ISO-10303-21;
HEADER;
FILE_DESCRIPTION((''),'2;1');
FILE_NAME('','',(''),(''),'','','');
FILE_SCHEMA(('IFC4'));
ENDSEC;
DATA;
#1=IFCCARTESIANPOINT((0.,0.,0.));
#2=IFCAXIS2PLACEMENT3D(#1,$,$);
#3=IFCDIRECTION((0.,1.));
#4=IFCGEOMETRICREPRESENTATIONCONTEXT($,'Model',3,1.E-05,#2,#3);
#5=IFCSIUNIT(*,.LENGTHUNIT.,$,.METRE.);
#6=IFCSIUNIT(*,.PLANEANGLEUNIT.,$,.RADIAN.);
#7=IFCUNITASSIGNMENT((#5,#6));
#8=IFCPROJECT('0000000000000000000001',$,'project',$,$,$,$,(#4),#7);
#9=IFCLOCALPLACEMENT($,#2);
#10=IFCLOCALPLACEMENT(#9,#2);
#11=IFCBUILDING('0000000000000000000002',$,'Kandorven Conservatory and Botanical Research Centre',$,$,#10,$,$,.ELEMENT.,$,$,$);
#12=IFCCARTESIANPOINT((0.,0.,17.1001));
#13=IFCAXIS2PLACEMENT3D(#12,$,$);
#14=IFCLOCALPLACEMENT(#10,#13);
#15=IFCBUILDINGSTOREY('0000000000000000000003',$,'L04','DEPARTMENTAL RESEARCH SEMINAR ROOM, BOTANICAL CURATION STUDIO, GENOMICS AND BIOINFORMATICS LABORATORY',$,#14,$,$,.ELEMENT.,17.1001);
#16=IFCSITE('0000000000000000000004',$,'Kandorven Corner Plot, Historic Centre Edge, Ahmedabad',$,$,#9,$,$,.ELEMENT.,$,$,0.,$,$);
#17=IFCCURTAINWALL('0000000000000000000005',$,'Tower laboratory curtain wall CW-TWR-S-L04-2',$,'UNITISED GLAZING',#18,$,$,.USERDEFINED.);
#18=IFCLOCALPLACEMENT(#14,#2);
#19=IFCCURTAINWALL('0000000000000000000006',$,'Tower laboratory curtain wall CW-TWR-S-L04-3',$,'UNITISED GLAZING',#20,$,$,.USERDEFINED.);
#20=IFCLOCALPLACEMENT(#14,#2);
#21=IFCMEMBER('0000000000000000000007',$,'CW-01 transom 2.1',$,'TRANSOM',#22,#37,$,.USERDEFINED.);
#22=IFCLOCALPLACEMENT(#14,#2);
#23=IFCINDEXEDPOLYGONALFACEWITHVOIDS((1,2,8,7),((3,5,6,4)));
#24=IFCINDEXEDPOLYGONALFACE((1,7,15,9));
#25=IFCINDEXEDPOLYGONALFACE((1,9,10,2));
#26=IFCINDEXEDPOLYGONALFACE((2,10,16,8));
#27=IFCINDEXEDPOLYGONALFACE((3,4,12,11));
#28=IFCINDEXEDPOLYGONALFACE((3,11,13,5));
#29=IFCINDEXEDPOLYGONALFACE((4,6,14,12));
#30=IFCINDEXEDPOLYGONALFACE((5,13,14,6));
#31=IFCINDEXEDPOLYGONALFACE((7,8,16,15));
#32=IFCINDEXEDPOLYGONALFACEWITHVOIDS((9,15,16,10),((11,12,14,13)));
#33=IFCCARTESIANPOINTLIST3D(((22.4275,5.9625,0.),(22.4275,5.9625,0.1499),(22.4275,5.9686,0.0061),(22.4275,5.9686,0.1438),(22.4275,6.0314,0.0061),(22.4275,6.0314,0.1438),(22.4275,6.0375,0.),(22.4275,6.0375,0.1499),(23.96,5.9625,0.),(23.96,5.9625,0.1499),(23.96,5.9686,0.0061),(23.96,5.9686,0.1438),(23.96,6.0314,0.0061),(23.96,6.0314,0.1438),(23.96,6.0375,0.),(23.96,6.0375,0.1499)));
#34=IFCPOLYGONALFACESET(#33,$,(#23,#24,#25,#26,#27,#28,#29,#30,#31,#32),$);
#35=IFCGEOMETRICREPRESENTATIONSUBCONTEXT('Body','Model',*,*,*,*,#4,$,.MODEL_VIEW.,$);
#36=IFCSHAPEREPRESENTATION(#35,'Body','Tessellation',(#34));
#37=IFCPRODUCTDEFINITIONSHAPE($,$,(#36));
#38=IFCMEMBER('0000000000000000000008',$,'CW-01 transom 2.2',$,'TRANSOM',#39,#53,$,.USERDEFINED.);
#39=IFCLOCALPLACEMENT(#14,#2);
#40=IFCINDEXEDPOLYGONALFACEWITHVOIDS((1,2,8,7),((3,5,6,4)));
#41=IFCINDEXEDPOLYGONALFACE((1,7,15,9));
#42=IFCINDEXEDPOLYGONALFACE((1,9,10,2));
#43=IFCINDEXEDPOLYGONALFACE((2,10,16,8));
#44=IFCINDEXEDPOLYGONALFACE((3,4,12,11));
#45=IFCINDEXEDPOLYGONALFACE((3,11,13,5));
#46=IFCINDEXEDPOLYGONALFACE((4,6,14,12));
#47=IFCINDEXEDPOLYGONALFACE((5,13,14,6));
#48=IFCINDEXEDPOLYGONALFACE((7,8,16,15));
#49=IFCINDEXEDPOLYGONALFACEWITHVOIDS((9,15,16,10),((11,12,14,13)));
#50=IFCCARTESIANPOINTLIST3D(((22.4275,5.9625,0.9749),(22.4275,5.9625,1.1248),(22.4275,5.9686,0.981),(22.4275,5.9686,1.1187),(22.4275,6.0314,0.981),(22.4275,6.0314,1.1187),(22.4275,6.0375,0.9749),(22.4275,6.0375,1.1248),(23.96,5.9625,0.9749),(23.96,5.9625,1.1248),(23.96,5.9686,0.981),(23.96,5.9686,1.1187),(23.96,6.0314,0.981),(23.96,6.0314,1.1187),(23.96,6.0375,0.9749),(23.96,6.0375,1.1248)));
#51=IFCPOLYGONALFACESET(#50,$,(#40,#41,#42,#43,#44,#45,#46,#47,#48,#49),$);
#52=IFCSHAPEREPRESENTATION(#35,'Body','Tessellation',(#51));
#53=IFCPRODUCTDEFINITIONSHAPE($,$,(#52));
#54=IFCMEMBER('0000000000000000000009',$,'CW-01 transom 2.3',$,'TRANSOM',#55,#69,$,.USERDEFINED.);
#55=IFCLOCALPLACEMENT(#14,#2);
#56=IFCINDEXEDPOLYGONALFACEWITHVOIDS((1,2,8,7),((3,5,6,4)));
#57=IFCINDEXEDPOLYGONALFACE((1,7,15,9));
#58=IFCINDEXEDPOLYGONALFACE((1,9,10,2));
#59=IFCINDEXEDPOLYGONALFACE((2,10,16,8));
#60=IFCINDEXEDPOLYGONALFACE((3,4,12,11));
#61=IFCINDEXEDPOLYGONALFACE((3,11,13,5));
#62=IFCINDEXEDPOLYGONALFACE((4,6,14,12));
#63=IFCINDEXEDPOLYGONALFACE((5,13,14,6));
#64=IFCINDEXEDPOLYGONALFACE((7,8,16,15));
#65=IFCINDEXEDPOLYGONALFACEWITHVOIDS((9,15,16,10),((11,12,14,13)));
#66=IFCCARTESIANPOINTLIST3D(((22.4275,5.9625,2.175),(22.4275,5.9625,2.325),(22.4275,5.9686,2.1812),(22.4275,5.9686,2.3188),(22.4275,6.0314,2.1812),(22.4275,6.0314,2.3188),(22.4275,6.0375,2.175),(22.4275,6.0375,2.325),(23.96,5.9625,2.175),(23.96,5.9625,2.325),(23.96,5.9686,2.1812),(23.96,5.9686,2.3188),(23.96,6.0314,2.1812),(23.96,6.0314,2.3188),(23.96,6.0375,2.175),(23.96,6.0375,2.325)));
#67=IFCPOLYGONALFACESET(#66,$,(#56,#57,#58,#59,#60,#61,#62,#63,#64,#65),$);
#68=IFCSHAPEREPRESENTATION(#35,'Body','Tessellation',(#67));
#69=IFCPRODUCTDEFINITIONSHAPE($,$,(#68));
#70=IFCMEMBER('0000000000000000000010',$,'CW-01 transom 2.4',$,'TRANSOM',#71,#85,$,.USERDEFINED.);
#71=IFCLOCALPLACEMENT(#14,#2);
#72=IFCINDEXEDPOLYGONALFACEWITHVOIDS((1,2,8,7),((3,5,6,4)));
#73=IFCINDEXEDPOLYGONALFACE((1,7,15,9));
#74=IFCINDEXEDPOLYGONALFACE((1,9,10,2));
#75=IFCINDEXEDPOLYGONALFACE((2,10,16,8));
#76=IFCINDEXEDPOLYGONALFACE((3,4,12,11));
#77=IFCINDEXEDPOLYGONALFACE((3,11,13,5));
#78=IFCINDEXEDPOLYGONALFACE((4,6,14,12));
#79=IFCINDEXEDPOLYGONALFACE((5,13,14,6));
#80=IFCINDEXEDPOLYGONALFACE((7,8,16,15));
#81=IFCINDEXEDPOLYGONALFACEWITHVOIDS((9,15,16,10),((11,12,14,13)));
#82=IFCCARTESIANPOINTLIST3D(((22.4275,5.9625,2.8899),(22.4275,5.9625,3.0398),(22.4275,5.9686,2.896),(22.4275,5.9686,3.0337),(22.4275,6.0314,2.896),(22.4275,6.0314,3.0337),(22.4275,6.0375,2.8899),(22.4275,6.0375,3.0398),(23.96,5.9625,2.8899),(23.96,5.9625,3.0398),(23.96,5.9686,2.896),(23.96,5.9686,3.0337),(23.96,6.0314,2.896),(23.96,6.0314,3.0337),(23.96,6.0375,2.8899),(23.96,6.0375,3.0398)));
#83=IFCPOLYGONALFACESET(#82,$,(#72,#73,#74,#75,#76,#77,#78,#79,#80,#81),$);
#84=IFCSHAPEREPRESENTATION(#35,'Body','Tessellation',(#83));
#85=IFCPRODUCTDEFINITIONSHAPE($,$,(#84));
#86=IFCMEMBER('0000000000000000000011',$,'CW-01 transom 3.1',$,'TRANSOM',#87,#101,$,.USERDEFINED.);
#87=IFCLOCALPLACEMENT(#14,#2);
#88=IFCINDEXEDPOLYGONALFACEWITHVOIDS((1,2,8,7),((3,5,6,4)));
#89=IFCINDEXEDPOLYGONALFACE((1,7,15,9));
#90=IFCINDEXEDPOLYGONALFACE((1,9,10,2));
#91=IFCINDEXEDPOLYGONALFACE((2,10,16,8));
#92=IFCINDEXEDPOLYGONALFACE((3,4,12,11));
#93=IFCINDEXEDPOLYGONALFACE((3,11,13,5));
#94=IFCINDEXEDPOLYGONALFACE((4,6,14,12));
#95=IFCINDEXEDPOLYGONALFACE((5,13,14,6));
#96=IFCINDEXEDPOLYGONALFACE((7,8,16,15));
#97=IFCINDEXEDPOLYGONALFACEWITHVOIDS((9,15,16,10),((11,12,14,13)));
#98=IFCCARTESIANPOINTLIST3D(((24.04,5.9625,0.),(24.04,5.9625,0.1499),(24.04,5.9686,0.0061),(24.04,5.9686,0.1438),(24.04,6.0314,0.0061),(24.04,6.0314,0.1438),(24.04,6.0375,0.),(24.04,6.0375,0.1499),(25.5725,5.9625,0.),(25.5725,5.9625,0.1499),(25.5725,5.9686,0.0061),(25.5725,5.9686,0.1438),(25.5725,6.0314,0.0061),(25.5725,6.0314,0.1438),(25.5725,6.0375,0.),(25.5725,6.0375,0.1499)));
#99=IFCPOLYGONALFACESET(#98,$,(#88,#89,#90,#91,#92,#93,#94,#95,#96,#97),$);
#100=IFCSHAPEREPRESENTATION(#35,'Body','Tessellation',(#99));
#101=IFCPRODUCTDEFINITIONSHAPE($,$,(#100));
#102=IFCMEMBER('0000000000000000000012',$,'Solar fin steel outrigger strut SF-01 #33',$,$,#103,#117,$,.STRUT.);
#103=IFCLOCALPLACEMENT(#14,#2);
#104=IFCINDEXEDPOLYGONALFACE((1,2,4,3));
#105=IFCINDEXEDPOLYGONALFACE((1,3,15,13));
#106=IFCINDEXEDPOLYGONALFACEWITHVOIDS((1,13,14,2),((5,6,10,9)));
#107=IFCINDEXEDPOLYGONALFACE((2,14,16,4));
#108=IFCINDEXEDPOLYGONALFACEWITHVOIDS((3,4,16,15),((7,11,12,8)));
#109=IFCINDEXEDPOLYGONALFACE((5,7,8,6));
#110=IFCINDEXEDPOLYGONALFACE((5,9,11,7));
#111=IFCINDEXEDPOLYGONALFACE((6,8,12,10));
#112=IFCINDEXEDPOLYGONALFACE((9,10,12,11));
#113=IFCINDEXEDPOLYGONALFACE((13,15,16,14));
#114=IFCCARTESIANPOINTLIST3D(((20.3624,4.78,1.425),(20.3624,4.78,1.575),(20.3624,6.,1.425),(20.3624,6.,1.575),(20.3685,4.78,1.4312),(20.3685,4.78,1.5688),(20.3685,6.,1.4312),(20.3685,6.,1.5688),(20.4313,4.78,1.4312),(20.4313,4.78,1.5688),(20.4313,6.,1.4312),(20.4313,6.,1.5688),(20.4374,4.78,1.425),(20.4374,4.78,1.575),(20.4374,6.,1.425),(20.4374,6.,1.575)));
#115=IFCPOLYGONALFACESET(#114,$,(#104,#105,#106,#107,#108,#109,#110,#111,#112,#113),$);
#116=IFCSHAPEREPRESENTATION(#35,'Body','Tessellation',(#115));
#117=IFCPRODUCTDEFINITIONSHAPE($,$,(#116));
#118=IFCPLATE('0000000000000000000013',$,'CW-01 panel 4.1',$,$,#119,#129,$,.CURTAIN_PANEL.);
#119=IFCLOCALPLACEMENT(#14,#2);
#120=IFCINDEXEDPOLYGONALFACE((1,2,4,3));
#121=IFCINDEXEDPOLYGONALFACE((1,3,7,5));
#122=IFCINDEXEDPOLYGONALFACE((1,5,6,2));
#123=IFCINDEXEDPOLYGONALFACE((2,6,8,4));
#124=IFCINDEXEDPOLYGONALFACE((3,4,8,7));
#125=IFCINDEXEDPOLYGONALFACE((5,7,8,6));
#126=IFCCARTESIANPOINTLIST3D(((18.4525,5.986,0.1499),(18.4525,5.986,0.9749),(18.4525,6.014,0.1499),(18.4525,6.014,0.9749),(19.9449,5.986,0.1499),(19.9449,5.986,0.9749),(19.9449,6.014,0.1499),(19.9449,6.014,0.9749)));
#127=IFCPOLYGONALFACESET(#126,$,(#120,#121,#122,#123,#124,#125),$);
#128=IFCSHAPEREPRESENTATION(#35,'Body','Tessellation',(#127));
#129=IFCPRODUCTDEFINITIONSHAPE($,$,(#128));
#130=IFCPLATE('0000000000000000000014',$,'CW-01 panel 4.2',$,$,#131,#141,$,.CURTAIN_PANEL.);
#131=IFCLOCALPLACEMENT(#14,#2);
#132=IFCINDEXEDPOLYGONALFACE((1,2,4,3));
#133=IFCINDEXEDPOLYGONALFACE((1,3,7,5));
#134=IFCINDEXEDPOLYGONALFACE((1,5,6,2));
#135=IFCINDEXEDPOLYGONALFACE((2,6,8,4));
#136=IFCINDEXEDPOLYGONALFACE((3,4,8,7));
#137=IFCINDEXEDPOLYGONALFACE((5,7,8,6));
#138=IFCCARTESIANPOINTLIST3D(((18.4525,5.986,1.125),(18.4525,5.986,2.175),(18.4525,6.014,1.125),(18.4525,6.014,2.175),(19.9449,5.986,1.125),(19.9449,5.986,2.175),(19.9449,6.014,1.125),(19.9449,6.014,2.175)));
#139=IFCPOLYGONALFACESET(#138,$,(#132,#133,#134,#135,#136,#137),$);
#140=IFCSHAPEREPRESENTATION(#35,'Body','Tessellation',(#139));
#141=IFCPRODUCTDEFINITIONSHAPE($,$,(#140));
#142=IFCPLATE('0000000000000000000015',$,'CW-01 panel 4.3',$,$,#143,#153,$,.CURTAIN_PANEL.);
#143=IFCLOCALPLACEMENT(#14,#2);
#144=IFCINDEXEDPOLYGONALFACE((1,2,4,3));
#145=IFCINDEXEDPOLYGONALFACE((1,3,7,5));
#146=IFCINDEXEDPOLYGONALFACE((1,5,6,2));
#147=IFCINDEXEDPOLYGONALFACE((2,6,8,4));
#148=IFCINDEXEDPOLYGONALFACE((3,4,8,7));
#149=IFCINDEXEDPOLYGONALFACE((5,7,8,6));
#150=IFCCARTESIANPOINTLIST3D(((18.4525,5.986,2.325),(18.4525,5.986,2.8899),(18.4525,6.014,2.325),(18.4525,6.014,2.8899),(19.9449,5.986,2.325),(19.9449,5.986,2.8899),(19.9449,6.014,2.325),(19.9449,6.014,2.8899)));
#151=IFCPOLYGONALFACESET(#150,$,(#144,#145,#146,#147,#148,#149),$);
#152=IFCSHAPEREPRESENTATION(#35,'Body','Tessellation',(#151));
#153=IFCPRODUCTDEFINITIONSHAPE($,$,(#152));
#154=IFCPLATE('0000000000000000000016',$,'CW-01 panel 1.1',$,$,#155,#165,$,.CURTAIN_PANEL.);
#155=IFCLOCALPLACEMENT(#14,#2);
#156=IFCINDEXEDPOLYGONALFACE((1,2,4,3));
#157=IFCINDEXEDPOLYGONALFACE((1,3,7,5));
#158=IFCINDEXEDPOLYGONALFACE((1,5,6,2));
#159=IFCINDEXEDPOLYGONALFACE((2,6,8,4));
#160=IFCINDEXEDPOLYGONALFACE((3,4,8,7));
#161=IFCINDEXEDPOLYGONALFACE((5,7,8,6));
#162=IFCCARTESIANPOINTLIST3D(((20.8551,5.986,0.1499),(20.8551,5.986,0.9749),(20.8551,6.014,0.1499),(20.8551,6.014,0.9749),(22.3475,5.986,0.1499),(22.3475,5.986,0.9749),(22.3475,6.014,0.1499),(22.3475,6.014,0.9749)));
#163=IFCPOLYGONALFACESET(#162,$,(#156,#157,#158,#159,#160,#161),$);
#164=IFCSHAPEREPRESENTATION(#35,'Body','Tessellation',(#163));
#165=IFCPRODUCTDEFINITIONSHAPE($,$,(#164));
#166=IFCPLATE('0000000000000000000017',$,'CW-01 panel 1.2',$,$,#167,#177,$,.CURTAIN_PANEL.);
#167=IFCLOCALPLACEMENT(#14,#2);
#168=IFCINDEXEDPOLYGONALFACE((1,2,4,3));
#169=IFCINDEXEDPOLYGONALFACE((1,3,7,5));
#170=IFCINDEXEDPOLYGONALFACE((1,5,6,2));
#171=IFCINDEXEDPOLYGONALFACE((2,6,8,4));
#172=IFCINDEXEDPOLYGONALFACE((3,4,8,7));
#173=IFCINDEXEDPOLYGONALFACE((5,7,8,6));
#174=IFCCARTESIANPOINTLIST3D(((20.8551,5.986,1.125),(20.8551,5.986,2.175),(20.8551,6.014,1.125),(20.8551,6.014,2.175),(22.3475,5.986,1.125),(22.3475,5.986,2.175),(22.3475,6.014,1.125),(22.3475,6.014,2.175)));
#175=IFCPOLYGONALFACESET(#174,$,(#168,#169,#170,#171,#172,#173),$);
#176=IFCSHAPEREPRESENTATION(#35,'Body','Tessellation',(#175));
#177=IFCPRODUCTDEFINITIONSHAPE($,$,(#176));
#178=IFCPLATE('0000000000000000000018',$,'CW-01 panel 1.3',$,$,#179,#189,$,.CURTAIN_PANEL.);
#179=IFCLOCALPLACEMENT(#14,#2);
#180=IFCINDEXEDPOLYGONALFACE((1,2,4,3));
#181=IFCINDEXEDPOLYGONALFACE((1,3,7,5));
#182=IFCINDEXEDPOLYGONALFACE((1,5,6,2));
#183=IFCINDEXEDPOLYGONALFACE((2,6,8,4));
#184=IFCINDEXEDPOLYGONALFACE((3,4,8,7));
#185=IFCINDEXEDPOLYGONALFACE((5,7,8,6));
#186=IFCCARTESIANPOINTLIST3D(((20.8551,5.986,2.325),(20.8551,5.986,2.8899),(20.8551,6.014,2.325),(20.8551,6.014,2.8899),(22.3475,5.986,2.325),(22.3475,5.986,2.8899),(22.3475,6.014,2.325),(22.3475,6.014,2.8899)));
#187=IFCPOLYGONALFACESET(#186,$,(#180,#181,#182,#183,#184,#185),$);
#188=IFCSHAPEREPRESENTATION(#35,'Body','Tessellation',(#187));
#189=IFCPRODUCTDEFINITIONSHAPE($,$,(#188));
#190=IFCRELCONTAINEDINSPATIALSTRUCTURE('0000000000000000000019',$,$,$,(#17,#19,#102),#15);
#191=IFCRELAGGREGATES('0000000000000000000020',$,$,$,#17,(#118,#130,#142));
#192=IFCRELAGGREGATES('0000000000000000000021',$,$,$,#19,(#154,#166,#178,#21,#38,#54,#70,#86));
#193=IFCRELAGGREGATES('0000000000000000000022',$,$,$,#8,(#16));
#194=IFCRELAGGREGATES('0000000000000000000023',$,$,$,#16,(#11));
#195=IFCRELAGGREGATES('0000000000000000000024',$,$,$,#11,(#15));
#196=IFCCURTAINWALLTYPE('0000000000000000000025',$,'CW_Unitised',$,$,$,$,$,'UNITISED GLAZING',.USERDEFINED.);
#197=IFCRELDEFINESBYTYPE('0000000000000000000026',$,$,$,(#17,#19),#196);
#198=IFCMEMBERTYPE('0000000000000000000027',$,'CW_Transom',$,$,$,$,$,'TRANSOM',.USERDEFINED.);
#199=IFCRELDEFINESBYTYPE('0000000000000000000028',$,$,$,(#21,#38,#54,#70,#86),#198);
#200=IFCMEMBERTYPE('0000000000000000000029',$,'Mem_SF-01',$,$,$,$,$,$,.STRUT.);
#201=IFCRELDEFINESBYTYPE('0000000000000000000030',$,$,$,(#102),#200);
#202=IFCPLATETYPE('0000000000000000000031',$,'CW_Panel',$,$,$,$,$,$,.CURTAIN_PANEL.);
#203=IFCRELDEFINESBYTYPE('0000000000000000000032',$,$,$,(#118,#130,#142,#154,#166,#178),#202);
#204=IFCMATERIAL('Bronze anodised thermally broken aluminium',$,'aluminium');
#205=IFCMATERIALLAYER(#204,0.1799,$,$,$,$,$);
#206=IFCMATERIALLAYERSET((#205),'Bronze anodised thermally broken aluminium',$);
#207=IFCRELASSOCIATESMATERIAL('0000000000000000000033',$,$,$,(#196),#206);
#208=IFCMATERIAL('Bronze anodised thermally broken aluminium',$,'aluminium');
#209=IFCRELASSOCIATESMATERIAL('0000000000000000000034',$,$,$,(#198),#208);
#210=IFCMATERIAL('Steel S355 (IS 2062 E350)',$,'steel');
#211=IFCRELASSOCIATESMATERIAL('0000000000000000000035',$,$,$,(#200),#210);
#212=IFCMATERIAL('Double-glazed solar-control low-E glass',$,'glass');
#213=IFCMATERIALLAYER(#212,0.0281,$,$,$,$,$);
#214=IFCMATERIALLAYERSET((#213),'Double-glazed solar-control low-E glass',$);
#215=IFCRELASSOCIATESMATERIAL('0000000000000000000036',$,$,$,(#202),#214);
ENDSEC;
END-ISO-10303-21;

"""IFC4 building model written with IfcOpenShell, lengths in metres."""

from ifc_helpers import new_model, si_unit, direction, frame, origin, origin_2d, place, context, subcontext, project, spatial, rectangle, hollow_rectangle, extrude, material, layer, layer_set, material_profile, profile_set, type_object, element, aggregate, save


model = new_model("IFC4")

# Units and contexts
model_context = context("Model", 3, precision=1e-05, world=origin(), true_north=direction((0.0, 1.0)))
body_context = subcontext(model_context, "Body", "Model", "MODEL_VIEW")
ifc_project = project(units=[si_unit("LENGTHUNIT", "METRE"), si_unit("PLANEANGLEUNIT", "RADIAN")], contexts=[model_context])

# Site, building, storey
site_placement = place(None, origin())
site = spatial("IfcSite", under=ifc_project, at=site_placement, Name="Kandorven Corner Plot, Historic Centre Edge, Ahmedabad", CompositionType="ELEMENT", RefElevation=0.0)
building_placement = place(site_placement, origin())
building = spatial("IfcBuilding", under=site, at=building_placement, Name="Kandorven Conservatory and Botanical Research Centre", CompositionType="ELEMENT")
storey_placement = place(building_placement, frame((0.0, 0.0, 17.1001)))
storey = spatial("IfcBuildingStorey", under=building, at=storey_placement, Name="L04", Description="DEPARTMENTAL RESEARCH SEMINAR ROOM, BOTANICAL CURATION STUDIO, GENOMICS AND BIOINFORMATICS LABORATORY", CompositionType="ELEMENT", Elevation=17.1001)

# Curtain wall
ifc_material_1 = material(Name="Bronze anodised thermally broken aluminium", Category="aluminium")
ifc_layer_1 = layer(ifc_material_1, 0.1799)
ifc_layer_set_1 = layer_set([ifc_layer_1], Name="Bronze anodised thermally broken aluminium")
curtain_wall_type = type_object("IfcCurtainWallType", Name="CW_Unitised", ElementType="UNITISED GLAZING", PredefinedType="USERDEFINED", material=ifc_layer_set_1)
curtain_wall_1_placement = place(storey_placement, origin())
curtain_wall_1 = element("IfcCurtainWall", 1, at=curtain_wall_1_placement, inside=storey, type_object=curtain_wall_type, Name="Tower laboratory curtain wall CW-TWR-S-L04-2", ObjectType="UNITISED GLAZING", PredefinedType="USERDEFINED")

# Curtain wall, members
curtain_wall_2_placement = place(storey_placement, origin())
curtain_wall_2 = element("IfcCurtainWall", 2, at=curtain_wall_2_placement, inside=storey, type_object=curtain_wall_type, Name="Tower laboratory curtain wall CW-TWR-S-L04-3", ObjectType="UNITISED GLAZING", PredefinedType="USERDEFINED")
ifc_material_2 = material(Name="Bronze anodised thermally broken aluminium", Category="aluminium")
ifc_material_profile_1 = material_profile(ifc_material_2, hollow_rectangle(XDim=0.075, YDim=0.1499, WallThickness=0.0061, at=origin_2d()))
ifc_profile_set_1 = profile_set([ifc_material_profile_1], Name="Bronze anodised thermally broken aluminium")
member_type_1 = type_object("IfcMemberType", Name="CW_Transom", ElementType="TRANSOM", PredefinedType="USERDEFINED", material=ifc_profile_set_1)
member_1_placement = place(storey_placement, frame((22.4275, 6.0, 0.075), z_axis=(1.0, 0.0, 0.0), x_axis=(0.0, 1.0, 0.0)))
member_1 = element("IfcMember", 3, at=member_1_placement, type_object=member_type_1, Name="CW-01 transom 2.1", ObjectType="TRANSOM", PredefinedType="USERDEFINED", context=body_context, shape_type="SweptSolid", body=[
    extrude(hollow_rectangle(XDim=0.075, YDim=0.1499, WallThickness=0.0061, at=origin_2d()), origin(), (0.0, 0.0, 1.0), 1.5325),
])
member_2_placement = place(storey_placement, frame((22.4275, 6.0, 1.0498), z_axis=(1.0, 0.0, 0.0), x_axis=(0.0, 1.0, 0.0)))
member_2 = element("IfcMember", 4, at=member_2_placement, type_object=member_type_1, Name="CW-01 transom 2.2", ObjectType="TRANSOM", PredefinedType="USERDEFINED", context=body_context, shape_type="SweptSolid", body=[
    extrude(hollow_rectangle(XDim=0.075, YDim=0.1499, WallThickness=0.0061, at=origin_2d()), origin(), (0.0, 0.0, 1.0), 1.5325),
])
member_3_placement = place(storey_placement, frame((22.4275, 6.0, 2.25), z_axis=(1.0, 0.0, 0.0), x_axis=(0.0, 1.0, 0.0)))
member_3 = element("IfcMember", 5, at=member_3_placement, type_object=member_type_1, Name="CW-01 transom 2.3", ObjectType="TRANSOM", PredefinedType="USERDEFINED", context=body_context, shape_type="SweptSolid", body=[
    extrude(hollow_rectangle(XDim=0.075, YDim=0.1499, WallThickness=0.0061, at=origin_2d()), origin(), (0.0, 0.0, 1.0), 1.5325),
])
member_4_placement = place(storey_placement, frame((22.4275, 6.0, 2.9648), z_axis=(1.0, 0.0, 0.0), x_axis=(0.0, 1.0, 0.0)))
member_4 = element("IfcMember", 6, at=member_4_placement, type_object=member_type_1, Name="CW-01 transom 2.4", ObjectType="TRANSOM", PredefinedType="USERDEFINED", context=body_context, shape_type="SweptSolid", body=[
    extrude(hollow_rectangle(XDim=0.075, YDim=0.1499, WallThickness=0.0061, at=origin_2d()), origin(), (0.0, 0.0, 1.0), 1.5325),
])
member_5_placement = place(storey_placement, frame((24.04, 6.0, 0.075), z_axis=(1.0, 0.0, 0.0), x_axis=(0.0, 1.0, 0.0)))
member_5 = element("IfcMember", 7, at=member_5_placement, type_object=member_type_1, Name="CW-01 transom 3.1", ObjectType="TRANSOM", PredefinedType="USERDEFINED", context=body_context, shape_type="SweptSolid", body=[
    extrude(hollow_rectangle(XDim=0.075, YDim=0.1499, WallThickness=0.0061, at=origin_2d()), origin(), (0.0, 0.0, 1.0), 1.5325),
])

# Member
ifc_material_3 = material(Name="Steel S355 (IS 2062 E350)", Category="steel")
ifc_material_profile_2 = material_profile(ifc_material_3, hollow_rectangle(XDim=0.075, YDim=0.1499, WallThickness=0.0061, at=origin_2d()))
ifc_profile_set_2 = profile_set([ifc_material_profile_2], Name="Steel S355 (IS 2062 E350)")
member_type_2 = type_object("IfcMemberType", Name="Mem_SF-01", PredefinedType="STRUT", material=ifc_profile_set_2)
member_6_placement = place(storey_placement, frame((20.3999, 6.0, 1.5), z_axis=(0.0, -1.0, 0.0), x_axis=(1.0, 0.0, 0.0)))
element("IfcMember", 8, at=member_6_placement, inside=storey, type_object=member_type_2, Name="Solar fin steel outrigger strut SF-01 #33", PredefinedType="STRUT", context=body_context, shape_type="SweptSolid", body=[
    extrude(hollow_rectangle(XDim=0.075, YDim=0.1499, WallThickness=0.0061, at=origin_2d()), origin(), (0.0, 0.0, 1.0), 1.22),
])

# Plates
ifc_material_4 = material(Name="Double-glazed solar-control low-E glass", Category="glass")
ifc_layer_2 = layer(ifc_material_4, 0.0281)
ifc_layer_set_2 = layer_set([ifc_layer_2], Name="Double-glazed solar-control low-E glass")
plate_type_1 = type_object("IfcPlateType", Name="CW_Panel", PredefinedType="CURTAIN_PANEL", material=ifc_layer_set_2)
plate_1_placement = place(storey_placement, frame((19.1987, 6.0, 0.1499), z_axis=(0.0, 0.0, 1.0), x_axis=(1.0, 0.0, 0.0)))
plate_1 = element("IfcPlate", 9, at=plate_1_placement, type_object=plate_type_1, Name="CW-01 panel 4.1", PredefinedType="CURTAIN_PANEL", context=body_context, shape_type="SweptSolid", body=[
    extrude(rectangle(XDim=1.4924, YDim=0.0281, at=origin_2d()), origin(), (0.0, 0.0, 1.0), 0.825),
])
plate_2_placement = place(storey_placement, frame((19.1987, 6.0, 1.125), z_axis=(0.0, 0.0, 1.0), x_axis=(1.0, 0.0, 0.0)))
plate_2 = element("IfcPlate", 10, at=plate_2_placement, type_object=plate_type_1, Name="CW-01 panel 4.2", PredefinedType="CURTAIN_PANEL", context=body_context, shape_type="SweptSolid", body=[
    extrude(rectangle(XDim=1.4924, YDim=0.0281, at=origin_2d()), origin(), (0.0, 0.0, 1.0), 1.05),
])
plate_3_placement = place(storey_placement, frame((19.1987, 6.0, 2.325), z_axis=(0.0, 0.0, 1.0), x_axis=(1.0, 0.0, 0.0)))
plate_3 = element("IfcPlate", 11, at=plate_3_placement, type_object=plate_type_1, Name="CW-01 panel 4.3", PredefinedType="CURTAIN_PANEL", context=body_context, shape_type="SweptSolid", body=[
    extrude(rectangle(XDim=1.4924, YDim=0.0281, at=origin_2d()), origin(), (0.0, 0.0, 1.0), 0.5649),
])
aggregate(curtain_wall_1, [plate_1, plate_2, plate_3])
plate_4_placement = place(storey_placement, frame((21.6013, 6.0, 0.1499), z_axis=(0.0, 0.0, 1.0), x_axis=(1.0, 0.0, 0.0)))
plate_4 = element("IfcPlate", 12, at=plate_4_placement, type_object=plate_type_1, Name="CW-01 panel 1.1", PredefinedType="CURTAIN_PANEL", context=body_context, shape_type="SweptSolid", body=[
    extrude(rectangle(XDim=1.4924, YDim=0.0281, at=origin_2d()), origin(), (0.0, 0.0, 1.0), 0.825),
])
plate_5_placement = place(storey_placement, frame((21.6013, 6.0, 1.125), z_axis=(0.0, 0.0, 1.0), x_axis=(1.0, 0.0, 0.0)))
plate_5 = element("IfcPlate", 13, at=plate_5_placement, type_object=plate_type_1, Name="CW-01 panel 1.2", PredefinedType="CURTAIN_PANEL", context=body_context, shape_type="SweptSolid", body=[
    extrude(rectangle(XDim=1.4924, YDim=0.0281, at=origin_2d()), origin(), (0.0, 0.0, 1.0), 1.05),
])
plate_6_placement = place(storey_placement, frame((21.6013, 6.0, 2.325), z_axis=(0.0, 0.0, 1.0), x_axis=(1.0, 0.0, 0.0)))
plate_6 = element("IfcPlate", 14, at=plate_6_placement, type_object=plate_type_1, Name="CW-01 panel 1.3", PredefinedType="CURTAIN_PANEL", context=body_context, shape_type="SweptSolid", body=[
    extrude(rectangle(XDim=1.4924, YDim=0.0281, at=origin_2d()), origin(), (0.0, 0.0, 1.0), 0.5649),
])
aggregate(curtain_wall_2, [plate_4, plate_5, plate_6, member_1, member_2, member_3, member_4, member_5])

save(model, "model.ifc")
